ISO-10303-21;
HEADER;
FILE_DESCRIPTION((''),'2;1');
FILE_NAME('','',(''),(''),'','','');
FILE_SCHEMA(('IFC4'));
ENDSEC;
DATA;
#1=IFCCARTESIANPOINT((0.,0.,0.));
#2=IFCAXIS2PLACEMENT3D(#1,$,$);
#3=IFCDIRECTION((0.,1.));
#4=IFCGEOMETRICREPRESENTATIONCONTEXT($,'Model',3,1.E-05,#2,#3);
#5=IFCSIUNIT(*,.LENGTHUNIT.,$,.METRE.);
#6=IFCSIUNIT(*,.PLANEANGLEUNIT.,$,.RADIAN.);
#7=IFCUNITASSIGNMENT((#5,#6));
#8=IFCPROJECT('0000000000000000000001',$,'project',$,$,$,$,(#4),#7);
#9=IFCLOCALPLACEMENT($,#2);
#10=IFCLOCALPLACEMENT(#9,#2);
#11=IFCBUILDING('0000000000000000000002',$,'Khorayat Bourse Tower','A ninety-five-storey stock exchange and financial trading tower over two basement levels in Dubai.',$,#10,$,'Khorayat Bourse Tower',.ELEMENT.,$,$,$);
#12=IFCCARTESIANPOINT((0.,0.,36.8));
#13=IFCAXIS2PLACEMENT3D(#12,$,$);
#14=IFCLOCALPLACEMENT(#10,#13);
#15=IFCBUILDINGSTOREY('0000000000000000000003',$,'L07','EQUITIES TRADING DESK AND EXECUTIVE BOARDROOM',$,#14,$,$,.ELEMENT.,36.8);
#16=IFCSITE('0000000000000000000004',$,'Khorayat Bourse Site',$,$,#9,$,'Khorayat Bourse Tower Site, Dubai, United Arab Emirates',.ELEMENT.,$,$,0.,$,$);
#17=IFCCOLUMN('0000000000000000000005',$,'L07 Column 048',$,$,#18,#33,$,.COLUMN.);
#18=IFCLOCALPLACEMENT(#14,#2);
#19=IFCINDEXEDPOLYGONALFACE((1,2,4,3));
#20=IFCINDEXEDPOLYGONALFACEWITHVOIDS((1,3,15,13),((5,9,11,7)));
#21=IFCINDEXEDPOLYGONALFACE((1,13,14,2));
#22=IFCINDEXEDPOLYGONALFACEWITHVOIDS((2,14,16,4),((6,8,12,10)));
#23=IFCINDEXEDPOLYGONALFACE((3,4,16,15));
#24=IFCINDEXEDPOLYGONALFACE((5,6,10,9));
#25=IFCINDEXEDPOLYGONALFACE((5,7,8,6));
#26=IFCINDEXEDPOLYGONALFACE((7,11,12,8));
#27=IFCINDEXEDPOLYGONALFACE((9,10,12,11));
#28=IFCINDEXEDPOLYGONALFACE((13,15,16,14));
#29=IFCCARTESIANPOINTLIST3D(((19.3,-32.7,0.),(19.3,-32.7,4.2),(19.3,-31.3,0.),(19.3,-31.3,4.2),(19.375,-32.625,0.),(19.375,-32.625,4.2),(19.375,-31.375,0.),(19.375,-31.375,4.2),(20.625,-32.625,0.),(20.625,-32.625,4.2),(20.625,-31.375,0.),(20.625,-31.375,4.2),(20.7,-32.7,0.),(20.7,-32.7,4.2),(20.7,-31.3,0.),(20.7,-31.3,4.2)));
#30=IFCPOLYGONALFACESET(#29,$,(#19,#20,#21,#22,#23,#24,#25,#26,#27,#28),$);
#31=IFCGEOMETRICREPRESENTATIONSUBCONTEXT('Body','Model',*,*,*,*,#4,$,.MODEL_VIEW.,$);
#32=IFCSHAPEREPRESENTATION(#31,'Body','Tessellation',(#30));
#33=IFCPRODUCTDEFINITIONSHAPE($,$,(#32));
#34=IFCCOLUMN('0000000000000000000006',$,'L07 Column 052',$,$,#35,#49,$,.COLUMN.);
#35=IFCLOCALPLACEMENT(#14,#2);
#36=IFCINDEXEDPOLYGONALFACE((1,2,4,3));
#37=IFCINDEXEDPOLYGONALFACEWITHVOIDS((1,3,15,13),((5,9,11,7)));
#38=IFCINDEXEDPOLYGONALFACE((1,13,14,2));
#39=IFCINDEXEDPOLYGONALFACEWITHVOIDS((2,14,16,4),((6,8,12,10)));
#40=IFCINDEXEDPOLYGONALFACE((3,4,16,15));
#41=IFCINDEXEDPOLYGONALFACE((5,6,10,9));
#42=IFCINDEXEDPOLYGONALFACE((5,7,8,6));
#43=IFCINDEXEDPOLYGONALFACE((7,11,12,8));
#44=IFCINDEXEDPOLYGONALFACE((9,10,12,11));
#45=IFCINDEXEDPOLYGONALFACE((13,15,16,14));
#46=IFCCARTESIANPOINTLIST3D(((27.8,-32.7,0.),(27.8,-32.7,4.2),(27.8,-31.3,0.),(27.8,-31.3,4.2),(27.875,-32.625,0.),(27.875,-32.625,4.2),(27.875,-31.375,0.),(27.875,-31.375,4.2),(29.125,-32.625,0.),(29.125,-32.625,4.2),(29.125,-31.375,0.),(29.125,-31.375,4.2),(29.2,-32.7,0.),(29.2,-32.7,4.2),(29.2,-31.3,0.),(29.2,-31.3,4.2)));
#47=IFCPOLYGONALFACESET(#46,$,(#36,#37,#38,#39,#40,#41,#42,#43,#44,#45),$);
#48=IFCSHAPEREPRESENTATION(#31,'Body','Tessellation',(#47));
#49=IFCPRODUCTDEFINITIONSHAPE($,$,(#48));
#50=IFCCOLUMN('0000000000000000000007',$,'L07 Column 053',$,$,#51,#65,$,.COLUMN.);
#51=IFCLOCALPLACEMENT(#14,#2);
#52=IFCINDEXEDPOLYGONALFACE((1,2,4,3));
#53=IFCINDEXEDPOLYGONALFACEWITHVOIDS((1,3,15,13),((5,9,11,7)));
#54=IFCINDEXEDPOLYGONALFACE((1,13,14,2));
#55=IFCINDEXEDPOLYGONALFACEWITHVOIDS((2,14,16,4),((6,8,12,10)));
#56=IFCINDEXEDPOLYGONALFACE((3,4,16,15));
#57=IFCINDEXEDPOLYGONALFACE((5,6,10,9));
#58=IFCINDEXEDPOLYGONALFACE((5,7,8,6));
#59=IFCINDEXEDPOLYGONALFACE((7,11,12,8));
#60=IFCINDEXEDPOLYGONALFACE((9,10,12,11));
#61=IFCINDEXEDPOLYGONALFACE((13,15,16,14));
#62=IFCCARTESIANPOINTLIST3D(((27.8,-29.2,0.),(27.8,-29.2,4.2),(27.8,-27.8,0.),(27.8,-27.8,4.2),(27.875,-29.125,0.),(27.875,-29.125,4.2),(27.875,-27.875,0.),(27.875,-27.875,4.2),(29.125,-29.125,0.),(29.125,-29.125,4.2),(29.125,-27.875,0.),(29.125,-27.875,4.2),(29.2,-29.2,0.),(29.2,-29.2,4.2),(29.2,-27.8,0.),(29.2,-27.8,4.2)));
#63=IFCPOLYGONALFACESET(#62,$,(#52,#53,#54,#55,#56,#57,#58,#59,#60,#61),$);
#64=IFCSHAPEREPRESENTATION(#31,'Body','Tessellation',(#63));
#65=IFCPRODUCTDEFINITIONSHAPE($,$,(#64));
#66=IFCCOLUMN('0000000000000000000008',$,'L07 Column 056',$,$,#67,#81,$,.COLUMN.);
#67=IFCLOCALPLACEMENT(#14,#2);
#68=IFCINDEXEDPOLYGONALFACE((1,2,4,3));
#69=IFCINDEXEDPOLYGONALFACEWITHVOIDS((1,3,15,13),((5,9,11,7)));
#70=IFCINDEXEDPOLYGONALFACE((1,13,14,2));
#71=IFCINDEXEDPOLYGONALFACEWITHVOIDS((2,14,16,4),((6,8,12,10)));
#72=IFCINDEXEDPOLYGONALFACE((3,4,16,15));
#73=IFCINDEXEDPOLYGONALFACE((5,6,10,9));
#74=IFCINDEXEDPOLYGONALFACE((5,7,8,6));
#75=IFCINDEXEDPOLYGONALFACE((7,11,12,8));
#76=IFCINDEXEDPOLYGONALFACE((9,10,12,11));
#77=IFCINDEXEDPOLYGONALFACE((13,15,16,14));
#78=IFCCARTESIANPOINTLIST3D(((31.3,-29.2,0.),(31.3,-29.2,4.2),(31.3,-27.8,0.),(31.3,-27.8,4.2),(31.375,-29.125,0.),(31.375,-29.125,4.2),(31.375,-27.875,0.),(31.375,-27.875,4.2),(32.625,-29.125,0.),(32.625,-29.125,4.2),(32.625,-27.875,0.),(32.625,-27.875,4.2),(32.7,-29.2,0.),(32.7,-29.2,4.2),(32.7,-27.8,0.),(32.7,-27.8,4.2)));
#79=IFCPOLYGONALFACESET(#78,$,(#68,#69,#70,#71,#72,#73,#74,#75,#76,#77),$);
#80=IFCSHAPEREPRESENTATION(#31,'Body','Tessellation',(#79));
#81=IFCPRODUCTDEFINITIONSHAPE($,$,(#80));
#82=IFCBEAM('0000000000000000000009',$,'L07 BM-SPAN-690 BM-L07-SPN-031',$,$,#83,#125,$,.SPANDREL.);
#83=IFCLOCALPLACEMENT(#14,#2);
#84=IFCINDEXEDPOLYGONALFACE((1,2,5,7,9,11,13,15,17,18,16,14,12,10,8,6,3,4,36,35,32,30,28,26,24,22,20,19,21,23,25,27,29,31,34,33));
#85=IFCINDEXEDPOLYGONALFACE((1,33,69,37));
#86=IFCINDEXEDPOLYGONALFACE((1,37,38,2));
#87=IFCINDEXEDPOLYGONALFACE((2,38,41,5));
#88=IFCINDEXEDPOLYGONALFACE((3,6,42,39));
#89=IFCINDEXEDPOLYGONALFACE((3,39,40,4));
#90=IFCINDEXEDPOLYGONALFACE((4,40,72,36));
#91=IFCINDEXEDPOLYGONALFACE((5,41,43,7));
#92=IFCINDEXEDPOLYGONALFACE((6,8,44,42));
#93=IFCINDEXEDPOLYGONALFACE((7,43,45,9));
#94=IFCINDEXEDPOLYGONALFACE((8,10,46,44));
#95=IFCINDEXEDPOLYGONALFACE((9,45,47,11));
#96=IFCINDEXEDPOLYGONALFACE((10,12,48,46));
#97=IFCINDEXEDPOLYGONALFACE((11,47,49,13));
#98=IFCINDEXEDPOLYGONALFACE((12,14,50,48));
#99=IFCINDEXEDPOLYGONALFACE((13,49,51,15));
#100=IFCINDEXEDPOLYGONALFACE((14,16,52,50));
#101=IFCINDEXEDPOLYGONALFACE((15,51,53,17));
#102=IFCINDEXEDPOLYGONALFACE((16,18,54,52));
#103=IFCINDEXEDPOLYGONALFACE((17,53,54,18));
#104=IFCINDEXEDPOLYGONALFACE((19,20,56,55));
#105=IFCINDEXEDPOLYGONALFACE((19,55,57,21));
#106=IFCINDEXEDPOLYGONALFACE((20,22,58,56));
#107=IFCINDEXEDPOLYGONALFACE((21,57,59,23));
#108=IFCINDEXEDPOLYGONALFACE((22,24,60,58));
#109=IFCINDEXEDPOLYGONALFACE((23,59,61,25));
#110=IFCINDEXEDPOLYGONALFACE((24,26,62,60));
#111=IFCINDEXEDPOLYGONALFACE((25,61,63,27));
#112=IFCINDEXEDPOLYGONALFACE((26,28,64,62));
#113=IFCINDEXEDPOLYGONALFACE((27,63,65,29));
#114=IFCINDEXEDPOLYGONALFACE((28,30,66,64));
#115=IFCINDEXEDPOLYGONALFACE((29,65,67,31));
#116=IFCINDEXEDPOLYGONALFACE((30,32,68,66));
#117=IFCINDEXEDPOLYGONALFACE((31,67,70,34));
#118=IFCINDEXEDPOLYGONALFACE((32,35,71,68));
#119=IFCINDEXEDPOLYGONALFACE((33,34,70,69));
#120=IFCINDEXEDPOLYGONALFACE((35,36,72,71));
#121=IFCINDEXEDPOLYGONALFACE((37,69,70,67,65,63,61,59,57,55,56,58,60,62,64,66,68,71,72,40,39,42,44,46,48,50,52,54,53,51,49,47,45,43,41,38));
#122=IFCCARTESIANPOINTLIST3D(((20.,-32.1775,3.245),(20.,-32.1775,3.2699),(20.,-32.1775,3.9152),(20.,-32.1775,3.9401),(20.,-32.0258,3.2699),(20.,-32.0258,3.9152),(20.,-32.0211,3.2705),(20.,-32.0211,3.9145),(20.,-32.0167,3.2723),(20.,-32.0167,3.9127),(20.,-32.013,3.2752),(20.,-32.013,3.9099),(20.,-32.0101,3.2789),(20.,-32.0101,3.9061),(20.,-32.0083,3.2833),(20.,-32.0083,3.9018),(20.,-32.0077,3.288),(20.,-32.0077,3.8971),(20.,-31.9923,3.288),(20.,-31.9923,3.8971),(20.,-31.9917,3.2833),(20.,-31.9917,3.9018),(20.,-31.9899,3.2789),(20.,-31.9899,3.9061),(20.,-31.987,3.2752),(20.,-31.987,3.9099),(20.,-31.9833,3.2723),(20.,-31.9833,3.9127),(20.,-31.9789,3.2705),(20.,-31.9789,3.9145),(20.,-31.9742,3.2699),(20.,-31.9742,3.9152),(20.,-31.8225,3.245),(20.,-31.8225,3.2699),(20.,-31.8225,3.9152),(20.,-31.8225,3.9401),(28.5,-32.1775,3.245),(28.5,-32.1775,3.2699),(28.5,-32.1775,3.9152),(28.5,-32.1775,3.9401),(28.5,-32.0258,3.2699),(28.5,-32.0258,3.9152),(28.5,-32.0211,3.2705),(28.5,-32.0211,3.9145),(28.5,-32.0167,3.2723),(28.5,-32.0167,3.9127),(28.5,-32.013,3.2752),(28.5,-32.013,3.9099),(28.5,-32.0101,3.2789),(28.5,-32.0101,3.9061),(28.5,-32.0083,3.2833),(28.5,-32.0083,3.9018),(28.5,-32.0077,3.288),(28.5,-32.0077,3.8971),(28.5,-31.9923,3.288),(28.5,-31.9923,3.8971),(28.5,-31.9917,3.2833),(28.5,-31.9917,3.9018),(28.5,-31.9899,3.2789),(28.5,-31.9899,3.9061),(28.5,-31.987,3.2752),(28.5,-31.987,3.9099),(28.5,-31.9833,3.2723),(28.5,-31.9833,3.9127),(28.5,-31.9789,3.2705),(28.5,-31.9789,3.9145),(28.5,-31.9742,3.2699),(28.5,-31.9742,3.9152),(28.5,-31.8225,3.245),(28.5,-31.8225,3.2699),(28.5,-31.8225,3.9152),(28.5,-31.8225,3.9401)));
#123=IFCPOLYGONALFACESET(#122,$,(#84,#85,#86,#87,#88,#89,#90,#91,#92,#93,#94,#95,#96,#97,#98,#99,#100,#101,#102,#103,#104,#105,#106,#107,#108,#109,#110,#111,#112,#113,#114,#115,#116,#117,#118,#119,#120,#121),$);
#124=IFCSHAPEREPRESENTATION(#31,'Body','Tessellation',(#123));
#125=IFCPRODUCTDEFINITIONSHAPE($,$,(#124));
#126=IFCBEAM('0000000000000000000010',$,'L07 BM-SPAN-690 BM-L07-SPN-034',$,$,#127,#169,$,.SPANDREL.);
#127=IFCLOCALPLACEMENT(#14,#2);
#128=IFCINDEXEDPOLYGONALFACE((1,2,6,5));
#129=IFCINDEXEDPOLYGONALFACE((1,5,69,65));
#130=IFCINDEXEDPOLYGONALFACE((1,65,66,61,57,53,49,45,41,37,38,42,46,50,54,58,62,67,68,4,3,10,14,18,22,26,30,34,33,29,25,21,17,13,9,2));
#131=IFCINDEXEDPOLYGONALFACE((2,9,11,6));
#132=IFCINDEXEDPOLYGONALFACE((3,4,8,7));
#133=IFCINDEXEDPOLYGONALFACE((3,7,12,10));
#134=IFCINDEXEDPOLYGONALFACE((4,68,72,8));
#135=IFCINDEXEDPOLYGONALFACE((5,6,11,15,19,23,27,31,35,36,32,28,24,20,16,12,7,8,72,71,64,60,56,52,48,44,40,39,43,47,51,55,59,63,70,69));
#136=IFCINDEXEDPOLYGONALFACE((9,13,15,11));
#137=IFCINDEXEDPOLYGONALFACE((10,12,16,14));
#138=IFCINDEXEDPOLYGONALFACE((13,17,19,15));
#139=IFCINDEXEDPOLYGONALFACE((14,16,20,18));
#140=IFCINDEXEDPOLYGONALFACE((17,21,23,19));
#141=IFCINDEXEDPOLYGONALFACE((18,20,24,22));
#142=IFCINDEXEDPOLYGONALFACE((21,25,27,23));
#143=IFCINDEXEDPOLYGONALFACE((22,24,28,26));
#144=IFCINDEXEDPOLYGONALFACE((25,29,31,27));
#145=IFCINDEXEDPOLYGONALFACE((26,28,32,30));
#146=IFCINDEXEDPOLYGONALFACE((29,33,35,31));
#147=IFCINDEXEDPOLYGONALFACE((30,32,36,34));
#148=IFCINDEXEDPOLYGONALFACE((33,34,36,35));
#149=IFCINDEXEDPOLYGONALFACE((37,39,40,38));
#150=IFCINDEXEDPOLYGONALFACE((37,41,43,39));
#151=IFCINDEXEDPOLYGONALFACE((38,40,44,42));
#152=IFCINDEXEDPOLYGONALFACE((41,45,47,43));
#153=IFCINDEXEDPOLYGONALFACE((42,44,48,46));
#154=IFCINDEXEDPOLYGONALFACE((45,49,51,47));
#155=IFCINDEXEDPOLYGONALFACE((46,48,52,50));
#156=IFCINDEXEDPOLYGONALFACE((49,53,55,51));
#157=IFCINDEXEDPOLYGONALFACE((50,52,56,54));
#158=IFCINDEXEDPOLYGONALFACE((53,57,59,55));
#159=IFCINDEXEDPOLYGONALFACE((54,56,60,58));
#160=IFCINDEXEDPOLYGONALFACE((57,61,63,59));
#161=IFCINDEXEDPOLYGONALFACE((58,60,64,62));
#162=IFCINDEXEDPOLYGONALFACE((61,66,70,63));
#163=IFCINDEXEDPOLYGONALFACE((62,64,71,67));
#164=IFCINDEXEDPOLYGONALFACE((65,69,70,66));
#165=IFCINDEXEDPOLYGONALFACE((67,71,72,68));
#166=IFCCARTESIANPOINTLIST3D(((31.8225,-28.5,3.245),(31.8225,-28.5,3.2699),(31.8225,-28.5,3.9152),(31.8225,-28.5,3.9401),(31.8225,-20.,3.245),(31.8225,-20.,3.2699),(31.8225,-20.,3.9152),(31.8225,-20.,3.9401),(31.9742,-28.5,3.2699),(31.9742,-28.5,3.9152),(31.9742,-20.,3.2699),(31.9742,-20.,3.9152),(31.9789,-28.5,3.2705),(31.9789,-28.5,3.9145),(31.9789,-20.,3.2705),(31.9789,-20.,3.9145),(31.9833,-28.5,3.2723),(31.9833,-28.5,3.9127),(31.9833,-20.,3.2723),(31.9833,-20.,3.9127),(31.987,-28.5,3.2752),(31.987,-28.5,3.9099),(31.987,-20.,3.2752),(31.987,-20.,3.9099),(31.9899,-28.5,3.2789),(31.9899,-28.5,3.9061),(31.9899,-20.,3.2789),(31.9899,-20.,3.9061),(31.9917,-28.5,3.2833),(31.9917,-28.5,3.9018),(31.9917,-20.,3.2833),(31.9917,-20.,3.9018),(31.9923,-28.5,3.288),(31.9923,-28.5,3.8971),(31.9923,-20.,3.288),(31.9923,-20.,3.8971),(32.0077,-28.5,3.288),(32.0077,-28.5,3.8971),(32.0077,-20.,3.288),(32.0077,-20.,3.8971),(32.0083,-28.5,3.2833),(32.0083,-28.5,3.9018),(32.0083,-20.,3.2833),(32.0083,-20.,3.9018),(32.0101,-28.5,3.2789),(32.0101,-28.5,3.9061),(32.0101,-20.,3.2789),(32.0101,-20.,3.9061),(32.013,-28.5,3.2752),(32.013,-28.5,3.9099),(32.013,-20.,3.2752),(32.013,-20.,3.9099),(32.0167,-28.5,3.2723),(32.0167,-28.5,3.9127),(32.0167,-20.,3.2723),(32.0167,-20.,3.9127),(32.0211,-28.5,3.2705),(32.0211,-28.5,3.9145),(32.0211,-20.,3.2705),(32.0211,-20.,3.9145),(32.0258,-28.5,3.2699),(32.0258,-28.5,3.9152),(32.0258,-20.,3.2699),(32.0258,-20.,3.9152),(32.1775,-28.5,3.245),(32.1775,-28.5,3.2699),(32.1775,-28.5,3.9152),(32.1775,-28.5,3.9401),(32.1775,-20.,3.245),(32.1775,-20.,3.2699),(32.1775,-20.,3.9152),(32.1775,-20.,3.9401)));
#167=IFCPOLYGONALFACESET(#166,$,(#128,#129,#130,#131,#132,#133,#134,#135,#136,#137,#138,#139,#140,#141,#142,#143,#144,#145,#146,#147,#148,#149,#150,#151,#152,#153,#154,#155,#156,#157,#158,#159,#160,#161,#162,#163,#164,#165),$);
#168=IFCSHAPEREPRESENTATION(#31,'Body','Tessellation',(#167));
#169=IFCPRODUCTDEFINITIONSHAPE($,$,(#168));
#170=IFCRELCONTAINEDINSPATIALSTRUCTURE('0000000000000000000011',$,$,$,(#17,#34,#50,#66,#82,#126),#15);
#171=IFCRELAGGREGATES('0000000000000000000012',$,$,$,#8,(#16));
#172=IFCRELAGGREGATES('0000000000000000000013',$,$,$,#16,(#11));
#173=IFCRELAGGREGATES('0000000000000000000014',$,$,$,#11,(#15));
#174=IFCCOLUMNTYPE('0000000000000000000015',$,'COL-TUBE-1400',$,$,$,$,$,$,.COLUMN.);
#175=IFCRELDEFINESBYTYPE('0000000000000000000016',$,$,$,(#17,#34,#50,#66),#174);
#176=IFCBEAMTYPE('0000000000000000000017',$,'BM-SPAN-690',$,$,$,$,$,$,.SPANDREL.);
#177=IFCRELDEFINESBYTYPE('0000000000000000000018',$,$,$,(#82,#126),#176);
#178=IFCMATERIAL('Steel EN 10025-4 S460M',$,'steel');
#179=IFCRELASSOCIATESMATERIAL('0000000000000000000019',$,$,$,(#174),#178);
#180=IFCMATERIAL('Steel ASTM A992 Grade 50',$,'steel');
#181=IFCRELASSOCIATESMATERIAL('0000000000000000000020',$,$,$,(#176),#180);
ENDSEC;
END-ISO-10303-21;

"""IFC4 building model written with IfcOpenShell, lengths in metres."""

from ifc_helpers import new_model, si_unit, direction, frame, origin, origin_2d, place, context, subcontext, project, spatial, hollow_rectangle, i_section, extrude, source, transform, mapped, material, material_profile, profile_set, type_object, element, save


model = new_model("IFC4")

# Units and contexts
model_context = context("Model", 3, precision=1e-05, world=origin(), true_north=direction((0.0, 1.0)))
body_context = subcontext(model_context, "Body", "Model", "MODEL_VIEW")
ifc_project = project(units=[si_unit("LENGTHUNIT", "METRE"), si_unit("PLANEANGLEUNIT", "RADIAN")], contexts=[model_context])

# Site, building, storey
site_placement = place(None, origin())
site = spatial("IfcSite", under=ifc_project, at=site_placement, Name="Khorayat Bourse Site", LongName="Khorayat Bourse Tower Site, Dubai, United Arab Emirates", CompositionType="ELEMENT", RefElevation=0.0)
building_placement = place(site_placement, origin())
building = spatial("IfcBuilding", under=site, at=building_placement, Name="Khorayat Bourse Tower", Description="A ninety-five-storey stock exchange and financial trading tower over two basement levels in Dubai.", LongName="Khorayat Bourse Tower", CompositionType="ELEMENT")
storey_placement = place(building_placement, frame((0.0, 0.0, 36.8)))
storey = spatial("IfcBuildingStorey", under=building, at=storey_placement, Name="L07", Description="EQUITIES TRADING DESK AND EXECUTIVE BOARDROOM", CompositionType="ELEMENT", Elevation=36.8)

# Columns
ifc_material_1 = material(Name="Steel EN 10025-4 S460M", Category="steel")
ifc_material_profile_1 = material_profile(ifc_material_1, hollow_rectangle(XDim=1.3999, YDim=1.3999, WallThickness=0.075, at=origin_2d()), Name="BOX 1400x1400x75")
ifc_profile_set_1 = profile_set([ifc_material_profile_1], Name="Steel EN 10025-4 S460M")
column_type = type_object("IfcColumnType", Name="COL-TUBE-1400", PredefinedType="COLUMN", material=ifc_profile_set_1)
shared_shape_1 = source(origin(), body_context, "Body", "SweptSolid", [
    extrude(hollow_rectangle(XDim=1.3999, YDim=1.3999, WallThickness=0.075, at=origin_2d()), origin(), (0.0, 0.0, 1.0), 4.2),
])
for number, where, z_axis, x_axis, name in (
    (1, (20.0, -32.0, 0.0), (0.0, 0.0, 1.0), (1.0, 0.0, 0.0), "L07 Column 048"),
    (2, (28.5, -32.0, 0.0), (0.0, 0.0, 1.0), (1.0, 0.0, 0.0), "L07 Column 052"),
    (3, (28.5, -28.5, 0.0), (0.0, 0.0, 1.0), (1.0, 0.0, 0.0), "L07 Column 053"),
    (4, (32.0, -28.5, 0.0), (0.0, 0.0, 1.0), (1.0, 0.0, 0.0), "L07 Column 056"),
):
    element("IfcColumn", number, at=place(storey_placement, frame(where, z_axis=z_axis, x_axis=x_axis)), inside=storey, type_object=column_type, Name=name, PredefinedType="COLUMN", context=body_context, shape_type="MappedRepresentation", body=[
        mapped(shared_shape_1, transform((0.0, 0.0, 0.0), scale=1.0)),
    ])

# Beams
ifc_material_2 = material(Name="Steel ASTM A992 Grade 50", Category="steel")
ifc_material_profile_2 = material_profile(ifc_material_2, i_section(OverallWidth=0.355, OverallDepth=0.6951, WebThickness=0.0154, FlangeThickness=0.0249, FilletRadius=0.0181, at=origin_2d()), Name="W690X217")
ifc_profile_set_2 = profile_set([ifc_material_profile_2], Name="Steel ASTM A992 Grade 50")
beam_type_1 = type_object("IfcBeamType", Name="BM-SPAN-690", PredefinedType="SPANDREL", material=ifc_profile_set_2)
shared_shape_2 = source(origin(), body_context, "Body", "SweptSolid", [
    extrude(i_section(OverallWidth=0.355, OverallDepth=0.6951, WebThickness=0.0154, FlangeThickness=0.0249, FilletRadius=0.0181, at=origin_2d()), origin(), (0.0, 0.0, 1.0), 8.5),
])
for number, where, z_axis, x_axis, name in (
    (5, (20.0, -32.0, 3.5925), (1.0, 0.0, 0.0), (0.0, 1.0, 0.0), "L07 BM-SPAN-690 BM-L07-SPN-031"),
    (6, (32.0, -28.5, 3.5925), (0.0, 1.0, 0.0), (-1.0, 0.0, 0.0), "L07 BM-SPAN-690 BM-L07-SPN-034"),
):
    element("IfcBeam", number, at=place(storey_placement, frame(where, z_axis=z_axis, x_axis=x_axis)), inside=storey, type_object=beam_type_1, Name=name, PredefinedType="SPANDREL", context=body_context, shape_type="MappedRepresentation", body=[
        mapped(shared_shape_2, transform((0.0, 0.0, 0.0), scale=1.0)),
    ])

save(model, "model.ifc")
